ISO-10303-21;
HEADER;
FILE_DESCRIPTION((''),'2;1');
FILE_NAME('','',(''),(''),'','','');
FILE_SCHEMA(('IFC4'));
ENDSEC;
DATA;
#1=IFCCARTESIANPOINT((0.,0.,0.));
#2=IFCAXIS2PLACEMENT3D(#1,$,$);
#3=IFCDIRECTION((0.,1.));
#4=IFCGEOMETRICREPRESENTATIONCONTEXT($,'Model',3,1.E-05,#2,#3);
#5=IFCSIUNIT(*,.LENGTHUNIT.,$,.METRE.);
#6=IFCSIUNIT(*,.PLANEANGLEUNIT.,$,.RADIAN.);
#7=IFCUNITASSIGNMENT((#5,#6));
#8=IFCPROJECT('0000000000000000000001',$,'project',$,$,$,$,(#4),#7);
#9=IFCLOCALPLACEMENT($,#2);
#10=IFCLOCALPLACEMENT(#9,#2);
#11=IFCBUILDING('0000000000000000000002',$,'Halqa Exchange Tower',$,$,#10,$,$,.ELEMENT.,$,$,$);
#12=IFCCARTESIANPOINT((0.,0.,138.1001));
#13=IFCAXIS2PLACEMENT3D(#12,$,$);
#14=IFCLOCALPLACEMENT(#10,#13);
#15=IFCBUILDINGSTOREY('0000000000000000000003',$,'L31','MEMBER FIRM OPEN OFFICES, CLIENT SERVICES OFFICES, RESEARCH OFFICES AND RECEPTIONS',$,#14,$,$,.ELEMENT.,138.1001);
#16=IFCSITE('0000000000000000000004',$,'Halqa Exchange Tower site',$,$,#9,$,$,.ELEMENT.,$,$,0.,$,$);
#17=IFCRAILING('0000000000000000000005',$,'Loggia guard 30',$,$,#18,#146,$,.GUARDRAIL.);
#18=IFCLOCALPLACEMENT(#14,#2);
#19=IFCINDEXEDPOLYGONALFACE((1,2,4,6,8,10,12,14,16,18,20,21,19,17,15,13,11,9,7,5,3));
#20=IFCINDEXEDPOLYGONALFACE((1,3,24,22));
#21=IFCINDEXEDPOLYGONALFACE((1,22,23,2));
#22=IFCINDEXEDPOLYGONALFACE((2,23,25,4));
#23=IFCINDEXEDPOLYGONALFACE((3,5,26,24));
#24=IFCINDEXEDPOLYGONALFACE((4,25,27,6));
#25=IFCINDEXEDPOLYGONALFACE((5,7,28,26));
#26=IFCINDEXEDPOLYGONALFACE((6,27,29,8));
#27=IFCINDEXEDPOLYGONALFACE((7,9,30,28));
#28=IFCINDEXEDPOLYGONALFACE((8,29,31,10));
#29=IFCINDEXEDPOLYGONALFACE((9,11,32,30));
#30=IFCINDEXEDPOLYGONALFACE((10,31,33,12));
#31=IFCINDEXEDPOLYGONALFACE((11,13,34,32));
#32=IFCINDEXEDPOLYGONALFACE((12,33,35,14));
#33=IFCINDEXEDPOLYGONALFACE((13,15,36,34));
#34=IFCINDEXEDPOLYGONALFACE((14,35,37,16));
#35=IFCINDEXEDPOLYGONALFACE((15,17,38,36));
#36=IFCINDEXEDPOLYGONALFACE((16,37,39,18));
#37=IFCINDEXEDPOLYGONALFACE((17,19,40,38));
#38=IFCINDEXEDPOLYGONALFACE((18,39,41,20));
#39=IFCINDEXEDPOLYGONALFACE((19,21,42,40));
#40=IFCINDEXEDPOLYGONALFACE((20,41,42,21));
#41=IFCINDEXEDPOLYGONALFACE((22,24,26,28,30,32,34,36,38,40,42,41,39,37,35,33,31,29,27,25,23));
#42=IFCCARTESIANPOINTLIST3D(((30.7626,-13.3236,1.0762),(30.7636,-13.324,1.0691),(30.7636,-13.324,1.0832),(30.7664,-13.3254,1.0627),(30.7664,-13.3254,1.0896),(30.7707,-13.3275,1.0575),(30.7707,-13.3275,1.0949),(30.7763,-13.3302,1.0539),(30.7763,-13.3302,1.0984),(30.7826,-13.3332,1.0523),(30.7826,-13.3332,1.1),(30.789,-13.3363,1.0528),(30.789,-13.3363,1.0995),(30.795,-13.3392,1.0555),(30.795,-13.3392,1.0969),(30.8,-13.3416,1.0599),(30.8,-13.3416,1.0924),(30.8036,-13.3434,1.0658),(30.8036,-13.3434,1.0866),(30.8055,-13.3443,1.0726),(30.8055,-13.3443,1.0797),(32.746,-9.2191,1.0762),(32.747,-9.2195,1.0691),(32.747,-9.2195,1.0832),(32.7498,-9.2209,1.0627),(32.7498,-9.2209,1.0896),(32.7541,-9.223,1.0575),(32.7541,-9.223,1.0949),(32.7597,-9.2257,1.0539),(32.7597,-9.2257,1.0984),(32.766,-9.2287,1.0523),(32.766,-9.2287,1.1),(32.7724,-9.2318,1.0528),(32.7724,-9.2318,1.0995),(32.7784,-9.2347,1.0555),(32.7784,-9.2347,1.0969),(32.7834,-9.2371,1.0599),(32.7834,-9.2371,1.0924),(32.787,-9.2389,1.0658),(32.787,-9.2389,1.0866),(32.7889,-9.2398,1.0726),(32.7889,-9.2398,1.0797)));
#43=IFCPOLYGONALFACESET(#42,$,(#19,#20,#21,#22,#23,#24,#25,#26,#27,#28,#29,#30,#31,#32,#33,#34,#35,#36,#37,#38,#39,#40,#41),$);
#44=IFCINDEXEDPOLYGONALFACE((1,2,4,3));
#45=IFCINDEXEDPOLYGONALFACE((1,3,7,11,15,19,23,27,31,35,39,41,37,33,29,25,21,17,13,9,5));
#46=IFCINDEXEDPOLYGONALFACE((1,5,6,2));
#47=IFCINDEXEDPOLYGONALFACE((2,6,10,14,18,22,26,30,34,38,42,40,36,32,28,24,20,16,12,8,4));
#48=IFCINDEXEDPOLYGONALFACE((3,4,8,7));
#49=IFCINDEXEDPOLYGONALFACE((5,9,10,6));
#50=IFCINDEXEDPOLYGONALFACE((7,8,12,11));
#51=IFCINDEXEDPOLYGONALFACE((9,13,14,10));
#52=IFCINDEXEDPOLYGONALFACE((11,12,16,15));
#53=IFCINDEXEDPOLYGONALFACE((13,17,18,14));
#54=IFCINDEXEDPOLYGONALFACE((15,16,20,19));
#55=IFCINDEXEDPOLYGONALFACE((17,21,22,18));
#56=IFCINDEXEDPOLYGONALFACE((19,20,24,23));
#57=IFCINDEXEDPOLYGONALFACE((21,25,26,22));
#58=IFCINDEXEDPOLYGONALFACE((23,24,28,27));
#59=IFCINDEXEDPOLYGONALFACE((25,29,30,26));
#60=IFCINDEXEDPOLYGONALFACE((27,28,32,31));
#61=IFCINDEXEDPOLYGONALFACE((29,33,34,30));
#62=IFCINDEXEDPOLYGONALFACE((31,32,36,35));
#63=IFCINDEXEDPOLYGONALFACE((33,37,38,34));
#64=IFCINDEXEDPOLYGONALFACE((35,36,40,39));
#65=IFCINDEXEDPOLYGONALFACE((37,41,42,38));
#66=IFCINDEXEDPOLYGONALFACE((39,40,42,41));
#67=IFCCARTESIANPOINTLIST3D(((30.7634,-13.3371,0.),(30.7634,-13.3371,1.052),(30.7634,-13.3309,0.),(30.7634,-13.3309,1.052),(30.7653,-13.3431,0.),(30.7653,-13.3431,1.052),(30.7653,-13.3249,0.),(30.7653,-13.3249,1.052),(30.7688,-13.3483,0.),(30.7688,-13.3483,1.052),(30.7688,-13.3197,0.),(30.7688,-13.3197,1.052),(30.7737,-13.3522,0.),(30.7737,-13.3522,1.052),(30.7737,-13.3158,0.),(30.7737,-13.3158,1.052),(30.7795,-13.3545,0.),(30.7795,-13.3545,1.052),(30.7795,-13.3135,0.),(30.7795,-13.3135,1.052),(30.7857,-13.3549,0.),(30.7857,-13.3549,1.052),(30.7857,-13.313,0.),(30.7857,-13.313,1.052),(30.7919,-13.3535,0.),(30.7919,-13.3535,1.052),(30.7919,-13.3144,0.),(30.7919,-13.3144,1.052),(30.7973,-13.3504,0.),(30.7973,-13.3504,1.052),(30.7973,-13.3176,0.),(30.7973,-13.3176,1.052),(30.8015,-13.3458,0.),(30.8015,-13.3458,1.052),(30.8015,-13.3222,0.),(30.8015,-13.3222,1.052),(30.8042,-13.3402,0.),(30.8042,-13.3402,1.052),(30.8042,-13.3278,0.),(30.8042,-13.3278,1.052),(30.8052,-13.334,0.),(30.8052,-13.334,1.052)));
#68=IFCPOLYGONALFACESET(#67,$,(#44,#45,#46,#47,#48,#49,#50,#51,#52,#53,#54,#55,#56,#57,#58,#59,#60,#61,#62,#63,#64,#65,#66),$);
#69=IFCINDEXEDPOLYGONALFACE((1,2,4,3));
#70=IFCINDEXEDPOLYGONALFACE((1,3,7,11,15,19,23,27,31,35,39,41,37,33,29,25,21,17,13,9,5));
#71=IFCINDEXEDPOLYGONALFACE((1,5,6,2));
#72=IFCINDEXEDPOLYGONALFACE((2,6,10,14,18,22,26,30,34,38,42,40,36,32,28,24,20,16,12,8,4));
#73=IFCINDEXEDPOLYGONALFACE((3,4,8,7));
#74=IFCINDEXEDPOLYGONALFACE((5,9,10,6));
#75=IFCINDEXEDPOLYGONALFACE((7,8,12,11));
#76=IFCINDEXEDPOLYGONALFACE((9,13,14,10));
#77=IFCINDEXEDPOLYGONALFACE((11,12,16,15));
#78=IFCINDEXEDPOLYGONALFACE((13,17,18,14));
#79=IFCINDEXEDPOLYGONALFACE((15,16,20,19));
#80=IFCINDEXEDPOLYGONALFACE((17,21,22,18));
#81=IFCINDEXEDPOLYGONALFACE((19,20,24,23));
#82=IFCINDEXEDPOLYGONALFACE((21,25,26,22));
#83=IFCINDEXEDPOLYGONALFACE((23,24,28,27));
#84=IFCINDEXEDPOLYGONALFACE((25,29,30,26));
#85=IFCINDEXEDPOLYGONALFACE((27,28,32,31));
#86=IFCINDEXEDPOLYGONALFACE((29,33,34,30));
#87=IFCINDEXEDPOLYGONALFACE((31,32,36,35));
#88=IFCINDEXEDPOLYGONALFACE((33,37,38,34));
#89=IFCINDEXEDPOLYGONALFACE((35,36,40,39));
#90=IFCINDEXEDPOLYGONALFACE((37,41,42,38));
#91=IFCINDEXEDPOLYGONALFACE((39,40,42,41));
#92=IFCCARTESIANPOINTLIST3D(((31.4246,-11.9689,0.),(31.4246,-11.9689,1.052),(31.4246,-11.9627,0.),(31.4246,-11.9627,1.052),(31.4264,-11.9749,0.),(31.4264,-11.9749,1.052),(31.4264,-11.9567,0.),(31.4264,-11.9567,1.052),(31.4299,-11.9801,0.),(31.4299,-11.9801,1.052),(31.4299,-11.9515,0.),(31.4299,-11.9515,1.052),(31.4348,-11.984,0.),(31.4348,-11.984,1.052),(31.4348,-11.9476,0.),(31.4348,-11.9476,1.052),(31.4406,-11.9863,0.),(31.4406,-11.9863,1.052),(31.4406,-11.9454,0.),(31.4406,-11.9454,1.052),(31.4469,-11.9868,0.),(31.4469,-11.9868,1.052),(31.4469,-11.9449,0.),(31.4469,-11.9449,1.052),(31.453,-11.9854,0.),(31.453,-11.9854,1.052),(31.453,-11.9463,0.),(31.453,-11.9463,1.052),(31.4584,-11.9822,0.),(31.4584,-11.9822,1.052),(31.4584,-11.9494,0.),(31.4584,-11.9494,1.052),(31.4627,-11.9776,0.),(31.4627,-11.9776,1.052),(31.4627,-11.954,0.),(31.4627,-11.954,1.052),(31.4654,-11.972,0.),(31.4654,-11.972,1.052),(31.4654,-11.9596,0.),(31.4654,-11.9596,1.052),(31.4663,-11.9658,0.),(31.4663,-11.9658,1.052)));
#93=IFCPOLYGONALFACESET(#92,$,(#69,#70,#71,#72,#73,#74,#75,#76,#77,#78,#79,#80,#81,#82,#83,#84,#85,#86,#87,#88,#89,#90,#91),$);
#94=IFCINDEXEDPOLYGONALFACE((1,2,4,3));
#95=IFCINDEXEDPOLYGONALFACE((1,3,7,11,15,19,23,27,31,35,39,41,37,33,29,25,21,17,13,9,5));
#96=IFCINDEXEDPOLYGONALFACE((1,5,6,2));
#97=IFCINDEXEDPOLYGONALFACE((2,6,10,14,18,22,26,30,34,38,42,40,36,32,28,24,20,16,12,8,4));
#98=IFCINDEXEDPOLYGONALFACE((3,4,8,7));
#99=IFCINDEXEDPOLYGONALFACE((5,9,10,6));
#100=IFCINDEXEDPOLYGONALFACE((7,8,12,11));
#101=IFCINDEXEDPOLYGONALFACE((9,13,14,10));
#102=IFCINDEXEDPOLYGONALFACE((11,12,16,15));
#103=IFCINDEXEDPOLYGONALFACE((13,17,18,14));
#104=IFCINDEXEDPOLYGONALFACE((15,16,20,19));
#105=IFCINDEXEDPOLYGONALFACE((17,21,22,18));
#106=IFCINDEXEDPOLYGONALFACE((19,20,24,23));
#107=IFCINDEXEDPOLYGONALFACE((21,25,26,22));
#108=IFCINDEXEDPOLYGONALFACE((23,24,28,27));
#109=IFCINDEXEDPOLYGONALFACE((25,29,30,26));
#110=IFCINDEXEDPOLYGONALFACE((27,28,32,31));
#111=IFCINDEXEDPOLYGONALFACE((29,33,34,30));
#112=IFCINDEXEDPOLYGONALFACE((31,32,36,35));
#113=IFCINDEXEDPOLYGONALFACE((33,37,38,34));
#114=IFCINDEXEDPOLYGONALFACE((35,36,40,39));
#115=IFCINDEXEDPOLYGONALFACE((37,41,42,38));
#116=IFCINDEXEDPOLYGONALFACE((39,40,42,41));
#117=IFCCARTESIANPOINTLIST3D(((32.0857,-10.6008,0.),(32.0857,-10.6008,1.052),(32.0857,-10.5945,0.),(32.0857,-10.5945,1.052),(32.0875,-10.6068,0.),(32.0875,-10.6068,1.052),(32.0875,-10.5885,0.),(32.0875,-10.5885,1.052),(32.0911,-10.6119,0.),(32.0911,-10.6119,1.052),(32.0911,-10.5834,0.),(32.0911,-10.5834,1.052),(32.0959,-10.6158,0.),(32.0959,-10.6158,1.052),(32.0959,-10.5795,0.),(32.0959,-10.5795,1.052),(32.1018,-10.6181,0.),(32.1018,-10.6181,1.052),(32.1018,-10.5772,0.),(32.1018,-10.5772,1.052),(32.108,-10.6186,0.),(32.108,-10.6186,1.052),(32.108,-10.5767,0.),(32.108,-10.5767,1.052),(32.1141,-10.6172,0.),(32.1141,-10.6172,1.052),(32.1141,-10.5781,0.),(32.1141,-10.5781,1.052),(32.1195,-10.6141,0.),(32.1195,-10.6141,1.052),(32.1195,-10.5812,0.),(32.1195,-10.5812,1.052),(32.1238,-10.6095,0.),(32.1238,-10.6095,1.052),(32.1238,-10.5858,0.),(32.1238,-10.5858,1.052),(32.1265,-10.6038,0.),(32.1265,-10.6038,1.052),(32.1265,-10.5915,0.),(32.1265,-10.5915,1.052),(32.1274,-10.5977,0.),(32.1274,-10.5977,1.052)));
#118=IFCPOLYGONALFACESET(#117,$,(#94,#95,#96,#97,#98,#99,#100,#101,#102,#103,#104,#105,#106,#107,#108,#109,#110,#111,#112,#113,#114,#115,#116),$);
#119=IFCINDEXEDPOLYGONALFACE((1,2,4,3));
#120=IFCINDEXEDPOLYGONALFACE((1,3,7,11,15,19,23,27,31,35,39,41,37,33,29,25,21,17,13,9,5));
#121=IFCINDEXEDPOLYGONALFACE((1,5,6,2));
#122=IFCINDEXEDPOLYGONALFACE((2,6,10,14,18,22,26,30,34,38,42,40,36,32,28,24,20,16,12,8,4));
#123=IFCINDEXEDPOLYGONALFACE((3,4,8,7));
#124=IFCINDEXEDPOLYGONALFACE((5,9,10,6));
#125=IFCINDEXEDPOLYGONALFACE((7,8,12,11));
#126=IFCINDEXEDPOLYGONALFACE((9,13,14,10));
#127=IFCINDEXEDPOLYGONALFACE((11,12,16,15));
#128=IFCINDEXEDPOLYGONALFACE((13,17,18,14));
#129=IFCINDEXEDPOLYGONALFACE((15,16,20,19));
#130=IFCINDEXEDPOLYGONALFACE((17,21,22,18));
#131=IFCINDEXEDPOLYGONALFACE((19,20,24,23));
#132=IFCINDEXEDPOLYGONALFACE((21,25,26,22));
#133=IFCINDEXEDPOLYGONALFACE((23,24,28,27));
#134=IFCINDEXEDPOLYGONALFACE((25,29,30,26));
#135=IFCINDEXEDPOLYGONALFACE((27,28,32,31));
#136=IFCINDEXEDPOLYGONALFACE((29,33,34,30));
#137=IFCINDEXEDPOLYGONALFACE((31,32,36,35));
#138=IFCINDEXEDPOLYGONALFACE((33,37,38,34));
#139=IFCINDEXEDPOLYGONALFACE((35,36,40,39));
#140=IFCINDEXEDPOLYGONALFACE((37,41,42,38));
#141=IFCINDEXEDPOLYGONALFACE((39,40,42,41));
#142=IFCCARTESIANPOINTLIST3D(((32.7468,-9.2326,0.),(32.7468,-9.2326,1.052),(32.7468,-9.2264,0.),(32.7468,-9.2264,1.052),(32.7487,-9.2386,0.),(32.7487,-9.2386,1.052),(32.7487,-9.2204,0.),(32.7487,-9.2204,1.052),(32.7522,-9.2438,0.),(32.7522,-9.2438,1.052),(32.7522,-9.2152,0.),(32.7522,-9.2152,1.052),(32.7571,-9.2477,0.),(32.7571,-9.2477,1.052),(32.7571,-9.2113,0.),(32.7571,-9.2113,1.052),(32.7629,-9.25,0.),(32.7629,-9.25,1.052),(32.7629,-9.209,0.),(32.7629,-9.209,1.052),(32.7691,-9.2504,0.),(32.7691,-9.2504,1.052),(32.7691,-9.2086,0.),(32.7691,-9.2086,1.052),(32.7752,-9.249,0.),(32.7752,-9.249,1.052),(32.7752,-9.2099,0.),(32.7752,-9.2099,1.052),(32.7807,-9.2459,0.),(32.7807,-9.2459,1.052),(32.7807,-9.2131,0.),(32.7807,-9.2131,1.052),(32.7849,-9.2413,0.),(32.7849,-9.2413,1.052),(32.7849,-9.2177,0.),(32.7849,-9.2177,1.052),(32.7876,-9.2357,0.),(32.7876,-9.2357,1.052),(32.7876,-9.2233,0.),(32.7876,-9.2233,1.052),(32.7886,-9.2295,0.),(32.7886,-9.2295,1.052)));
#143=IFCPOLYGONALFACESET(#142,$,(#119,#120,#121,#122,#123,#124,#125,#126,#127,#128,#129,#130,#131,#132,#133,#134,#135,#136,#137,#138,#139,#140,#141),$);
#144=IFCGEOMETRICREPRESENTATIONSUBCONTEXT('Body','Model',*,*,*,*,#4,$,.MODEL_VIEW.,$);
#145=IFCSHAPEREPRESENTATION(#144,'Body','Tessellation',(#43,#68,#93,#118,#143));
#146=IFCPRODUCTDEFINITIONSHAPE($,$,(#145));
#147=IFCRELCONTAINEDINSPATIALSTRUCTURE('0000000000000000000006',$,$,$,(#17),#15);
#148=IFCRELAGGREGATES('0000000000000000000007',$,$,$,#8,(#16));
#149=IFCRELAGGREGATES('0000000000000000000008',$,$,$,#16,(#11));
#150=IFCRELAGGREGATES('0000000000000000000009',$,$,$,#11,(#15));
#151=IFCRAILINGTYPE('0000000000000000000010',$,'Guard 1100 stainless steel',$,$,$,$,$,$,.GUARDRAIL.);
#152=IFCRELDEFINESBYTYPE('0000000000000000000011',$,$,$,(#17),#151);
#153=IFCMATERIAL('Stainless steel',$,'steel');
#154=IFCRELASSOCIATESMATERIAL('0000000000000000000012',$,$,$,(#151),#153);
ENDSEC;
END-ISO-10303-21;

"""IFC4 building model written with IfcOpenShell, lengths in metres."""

from ifc_helpers import new_model, si_unit, direction, frame, origin, origin_2d, place, context, subcontext, project, spatial, circle, extrude, material, type_object, element, save


model = new_model("IFC4")

# Units and contexts
model_context = context("Model", 3, precision=1e-05, world=origin(), true_north=direction((0.0, 1.0)))
body_context = subcontext(model_context, "Body", "Model", "MODEL_VIEW")
ifc_project = project(units=[si_unit("LENGTHUNIT", "METRE"), si_unit("PLANEANGLEUNIT", "RADIAN")], contexts=[model_context])

# Site, building, storey
site_placement = place(None, origin())
site = spatial("IfcSite", under=ifc_project, at=site_placement, Name="Halqa Exchange Tower site", CompositionType="ELEMENT", RefElevation=0.0)
building_placement = place(site_placement, origin())
building = spatial("IfcBuilding", under=site, at=building_placement, Name="Halqa Exchange Tower", CompositionType="ELEMENT")
storey_placement = place(building_placement, frame((0.0, 0.0, 138.1001)))
storey = spatial("IfcBuildingStorey", under=building, at=storey_placement, Name="L31", Description="MEMBER FIRM OPEN OFFICES, CLIENT SERVICES OFFICES, RESEARCH OFFICES AND RECEPTIONS", CompositionType="ELEMENT", Elevation=138.1001)

# Railing
ifc_material_1 = material(Name="Stainless steel", Category="steel")
railing_type = type_object("IfcRailingType", Name="Guard 1100 stainless steel", PredefinedType="GUARDRAIL", material=ifc_material_1)
railing_1_placement = place(storey_placement, frame((30.7842, -13.334, 0.0)))
element("IfcRailing", 1, at=railing_1_placement, inside=storey, type_object=railing_type, Name="Loggia guard 30", PredefinedType="GUARDRAIL", context=body_context, shape_type="SweptSolid", body=[
    extrude(circle(Radius=0.0239, at=origin_2d()), frame((0.0, 0.0, 1.0762), z_axis=(0.435091, 0.900387, 0.0), x_axis=(-0.900387, 0.435091, 0.0)), (0.0, 0.0, 1.0), 4.5586),
    extrude(circle(Radius=0.021, at=origin_2d()), origin(), (0.0, 0.0, 1.0), 1.052),
    extrude(circle(Radius=0.021, at=origin_2d()), frame((0.6611, 1.3682, 0.0)), (0.0, 0.0, 1.0), 1.052),
    extrude(circle(Radius=0.021, at=origin_2d()), frame((1.3223, 2.7363, 0.0)), (0.0, 0.0, 1.0), 1.052),
    extrude(circle(Radius=0.021, at=origin_2d()), frame((1.9834, 4.1045, 0.0)), (0.0, 0.0, 1.0), 1.052),
])

save(model, "model.ifc")
